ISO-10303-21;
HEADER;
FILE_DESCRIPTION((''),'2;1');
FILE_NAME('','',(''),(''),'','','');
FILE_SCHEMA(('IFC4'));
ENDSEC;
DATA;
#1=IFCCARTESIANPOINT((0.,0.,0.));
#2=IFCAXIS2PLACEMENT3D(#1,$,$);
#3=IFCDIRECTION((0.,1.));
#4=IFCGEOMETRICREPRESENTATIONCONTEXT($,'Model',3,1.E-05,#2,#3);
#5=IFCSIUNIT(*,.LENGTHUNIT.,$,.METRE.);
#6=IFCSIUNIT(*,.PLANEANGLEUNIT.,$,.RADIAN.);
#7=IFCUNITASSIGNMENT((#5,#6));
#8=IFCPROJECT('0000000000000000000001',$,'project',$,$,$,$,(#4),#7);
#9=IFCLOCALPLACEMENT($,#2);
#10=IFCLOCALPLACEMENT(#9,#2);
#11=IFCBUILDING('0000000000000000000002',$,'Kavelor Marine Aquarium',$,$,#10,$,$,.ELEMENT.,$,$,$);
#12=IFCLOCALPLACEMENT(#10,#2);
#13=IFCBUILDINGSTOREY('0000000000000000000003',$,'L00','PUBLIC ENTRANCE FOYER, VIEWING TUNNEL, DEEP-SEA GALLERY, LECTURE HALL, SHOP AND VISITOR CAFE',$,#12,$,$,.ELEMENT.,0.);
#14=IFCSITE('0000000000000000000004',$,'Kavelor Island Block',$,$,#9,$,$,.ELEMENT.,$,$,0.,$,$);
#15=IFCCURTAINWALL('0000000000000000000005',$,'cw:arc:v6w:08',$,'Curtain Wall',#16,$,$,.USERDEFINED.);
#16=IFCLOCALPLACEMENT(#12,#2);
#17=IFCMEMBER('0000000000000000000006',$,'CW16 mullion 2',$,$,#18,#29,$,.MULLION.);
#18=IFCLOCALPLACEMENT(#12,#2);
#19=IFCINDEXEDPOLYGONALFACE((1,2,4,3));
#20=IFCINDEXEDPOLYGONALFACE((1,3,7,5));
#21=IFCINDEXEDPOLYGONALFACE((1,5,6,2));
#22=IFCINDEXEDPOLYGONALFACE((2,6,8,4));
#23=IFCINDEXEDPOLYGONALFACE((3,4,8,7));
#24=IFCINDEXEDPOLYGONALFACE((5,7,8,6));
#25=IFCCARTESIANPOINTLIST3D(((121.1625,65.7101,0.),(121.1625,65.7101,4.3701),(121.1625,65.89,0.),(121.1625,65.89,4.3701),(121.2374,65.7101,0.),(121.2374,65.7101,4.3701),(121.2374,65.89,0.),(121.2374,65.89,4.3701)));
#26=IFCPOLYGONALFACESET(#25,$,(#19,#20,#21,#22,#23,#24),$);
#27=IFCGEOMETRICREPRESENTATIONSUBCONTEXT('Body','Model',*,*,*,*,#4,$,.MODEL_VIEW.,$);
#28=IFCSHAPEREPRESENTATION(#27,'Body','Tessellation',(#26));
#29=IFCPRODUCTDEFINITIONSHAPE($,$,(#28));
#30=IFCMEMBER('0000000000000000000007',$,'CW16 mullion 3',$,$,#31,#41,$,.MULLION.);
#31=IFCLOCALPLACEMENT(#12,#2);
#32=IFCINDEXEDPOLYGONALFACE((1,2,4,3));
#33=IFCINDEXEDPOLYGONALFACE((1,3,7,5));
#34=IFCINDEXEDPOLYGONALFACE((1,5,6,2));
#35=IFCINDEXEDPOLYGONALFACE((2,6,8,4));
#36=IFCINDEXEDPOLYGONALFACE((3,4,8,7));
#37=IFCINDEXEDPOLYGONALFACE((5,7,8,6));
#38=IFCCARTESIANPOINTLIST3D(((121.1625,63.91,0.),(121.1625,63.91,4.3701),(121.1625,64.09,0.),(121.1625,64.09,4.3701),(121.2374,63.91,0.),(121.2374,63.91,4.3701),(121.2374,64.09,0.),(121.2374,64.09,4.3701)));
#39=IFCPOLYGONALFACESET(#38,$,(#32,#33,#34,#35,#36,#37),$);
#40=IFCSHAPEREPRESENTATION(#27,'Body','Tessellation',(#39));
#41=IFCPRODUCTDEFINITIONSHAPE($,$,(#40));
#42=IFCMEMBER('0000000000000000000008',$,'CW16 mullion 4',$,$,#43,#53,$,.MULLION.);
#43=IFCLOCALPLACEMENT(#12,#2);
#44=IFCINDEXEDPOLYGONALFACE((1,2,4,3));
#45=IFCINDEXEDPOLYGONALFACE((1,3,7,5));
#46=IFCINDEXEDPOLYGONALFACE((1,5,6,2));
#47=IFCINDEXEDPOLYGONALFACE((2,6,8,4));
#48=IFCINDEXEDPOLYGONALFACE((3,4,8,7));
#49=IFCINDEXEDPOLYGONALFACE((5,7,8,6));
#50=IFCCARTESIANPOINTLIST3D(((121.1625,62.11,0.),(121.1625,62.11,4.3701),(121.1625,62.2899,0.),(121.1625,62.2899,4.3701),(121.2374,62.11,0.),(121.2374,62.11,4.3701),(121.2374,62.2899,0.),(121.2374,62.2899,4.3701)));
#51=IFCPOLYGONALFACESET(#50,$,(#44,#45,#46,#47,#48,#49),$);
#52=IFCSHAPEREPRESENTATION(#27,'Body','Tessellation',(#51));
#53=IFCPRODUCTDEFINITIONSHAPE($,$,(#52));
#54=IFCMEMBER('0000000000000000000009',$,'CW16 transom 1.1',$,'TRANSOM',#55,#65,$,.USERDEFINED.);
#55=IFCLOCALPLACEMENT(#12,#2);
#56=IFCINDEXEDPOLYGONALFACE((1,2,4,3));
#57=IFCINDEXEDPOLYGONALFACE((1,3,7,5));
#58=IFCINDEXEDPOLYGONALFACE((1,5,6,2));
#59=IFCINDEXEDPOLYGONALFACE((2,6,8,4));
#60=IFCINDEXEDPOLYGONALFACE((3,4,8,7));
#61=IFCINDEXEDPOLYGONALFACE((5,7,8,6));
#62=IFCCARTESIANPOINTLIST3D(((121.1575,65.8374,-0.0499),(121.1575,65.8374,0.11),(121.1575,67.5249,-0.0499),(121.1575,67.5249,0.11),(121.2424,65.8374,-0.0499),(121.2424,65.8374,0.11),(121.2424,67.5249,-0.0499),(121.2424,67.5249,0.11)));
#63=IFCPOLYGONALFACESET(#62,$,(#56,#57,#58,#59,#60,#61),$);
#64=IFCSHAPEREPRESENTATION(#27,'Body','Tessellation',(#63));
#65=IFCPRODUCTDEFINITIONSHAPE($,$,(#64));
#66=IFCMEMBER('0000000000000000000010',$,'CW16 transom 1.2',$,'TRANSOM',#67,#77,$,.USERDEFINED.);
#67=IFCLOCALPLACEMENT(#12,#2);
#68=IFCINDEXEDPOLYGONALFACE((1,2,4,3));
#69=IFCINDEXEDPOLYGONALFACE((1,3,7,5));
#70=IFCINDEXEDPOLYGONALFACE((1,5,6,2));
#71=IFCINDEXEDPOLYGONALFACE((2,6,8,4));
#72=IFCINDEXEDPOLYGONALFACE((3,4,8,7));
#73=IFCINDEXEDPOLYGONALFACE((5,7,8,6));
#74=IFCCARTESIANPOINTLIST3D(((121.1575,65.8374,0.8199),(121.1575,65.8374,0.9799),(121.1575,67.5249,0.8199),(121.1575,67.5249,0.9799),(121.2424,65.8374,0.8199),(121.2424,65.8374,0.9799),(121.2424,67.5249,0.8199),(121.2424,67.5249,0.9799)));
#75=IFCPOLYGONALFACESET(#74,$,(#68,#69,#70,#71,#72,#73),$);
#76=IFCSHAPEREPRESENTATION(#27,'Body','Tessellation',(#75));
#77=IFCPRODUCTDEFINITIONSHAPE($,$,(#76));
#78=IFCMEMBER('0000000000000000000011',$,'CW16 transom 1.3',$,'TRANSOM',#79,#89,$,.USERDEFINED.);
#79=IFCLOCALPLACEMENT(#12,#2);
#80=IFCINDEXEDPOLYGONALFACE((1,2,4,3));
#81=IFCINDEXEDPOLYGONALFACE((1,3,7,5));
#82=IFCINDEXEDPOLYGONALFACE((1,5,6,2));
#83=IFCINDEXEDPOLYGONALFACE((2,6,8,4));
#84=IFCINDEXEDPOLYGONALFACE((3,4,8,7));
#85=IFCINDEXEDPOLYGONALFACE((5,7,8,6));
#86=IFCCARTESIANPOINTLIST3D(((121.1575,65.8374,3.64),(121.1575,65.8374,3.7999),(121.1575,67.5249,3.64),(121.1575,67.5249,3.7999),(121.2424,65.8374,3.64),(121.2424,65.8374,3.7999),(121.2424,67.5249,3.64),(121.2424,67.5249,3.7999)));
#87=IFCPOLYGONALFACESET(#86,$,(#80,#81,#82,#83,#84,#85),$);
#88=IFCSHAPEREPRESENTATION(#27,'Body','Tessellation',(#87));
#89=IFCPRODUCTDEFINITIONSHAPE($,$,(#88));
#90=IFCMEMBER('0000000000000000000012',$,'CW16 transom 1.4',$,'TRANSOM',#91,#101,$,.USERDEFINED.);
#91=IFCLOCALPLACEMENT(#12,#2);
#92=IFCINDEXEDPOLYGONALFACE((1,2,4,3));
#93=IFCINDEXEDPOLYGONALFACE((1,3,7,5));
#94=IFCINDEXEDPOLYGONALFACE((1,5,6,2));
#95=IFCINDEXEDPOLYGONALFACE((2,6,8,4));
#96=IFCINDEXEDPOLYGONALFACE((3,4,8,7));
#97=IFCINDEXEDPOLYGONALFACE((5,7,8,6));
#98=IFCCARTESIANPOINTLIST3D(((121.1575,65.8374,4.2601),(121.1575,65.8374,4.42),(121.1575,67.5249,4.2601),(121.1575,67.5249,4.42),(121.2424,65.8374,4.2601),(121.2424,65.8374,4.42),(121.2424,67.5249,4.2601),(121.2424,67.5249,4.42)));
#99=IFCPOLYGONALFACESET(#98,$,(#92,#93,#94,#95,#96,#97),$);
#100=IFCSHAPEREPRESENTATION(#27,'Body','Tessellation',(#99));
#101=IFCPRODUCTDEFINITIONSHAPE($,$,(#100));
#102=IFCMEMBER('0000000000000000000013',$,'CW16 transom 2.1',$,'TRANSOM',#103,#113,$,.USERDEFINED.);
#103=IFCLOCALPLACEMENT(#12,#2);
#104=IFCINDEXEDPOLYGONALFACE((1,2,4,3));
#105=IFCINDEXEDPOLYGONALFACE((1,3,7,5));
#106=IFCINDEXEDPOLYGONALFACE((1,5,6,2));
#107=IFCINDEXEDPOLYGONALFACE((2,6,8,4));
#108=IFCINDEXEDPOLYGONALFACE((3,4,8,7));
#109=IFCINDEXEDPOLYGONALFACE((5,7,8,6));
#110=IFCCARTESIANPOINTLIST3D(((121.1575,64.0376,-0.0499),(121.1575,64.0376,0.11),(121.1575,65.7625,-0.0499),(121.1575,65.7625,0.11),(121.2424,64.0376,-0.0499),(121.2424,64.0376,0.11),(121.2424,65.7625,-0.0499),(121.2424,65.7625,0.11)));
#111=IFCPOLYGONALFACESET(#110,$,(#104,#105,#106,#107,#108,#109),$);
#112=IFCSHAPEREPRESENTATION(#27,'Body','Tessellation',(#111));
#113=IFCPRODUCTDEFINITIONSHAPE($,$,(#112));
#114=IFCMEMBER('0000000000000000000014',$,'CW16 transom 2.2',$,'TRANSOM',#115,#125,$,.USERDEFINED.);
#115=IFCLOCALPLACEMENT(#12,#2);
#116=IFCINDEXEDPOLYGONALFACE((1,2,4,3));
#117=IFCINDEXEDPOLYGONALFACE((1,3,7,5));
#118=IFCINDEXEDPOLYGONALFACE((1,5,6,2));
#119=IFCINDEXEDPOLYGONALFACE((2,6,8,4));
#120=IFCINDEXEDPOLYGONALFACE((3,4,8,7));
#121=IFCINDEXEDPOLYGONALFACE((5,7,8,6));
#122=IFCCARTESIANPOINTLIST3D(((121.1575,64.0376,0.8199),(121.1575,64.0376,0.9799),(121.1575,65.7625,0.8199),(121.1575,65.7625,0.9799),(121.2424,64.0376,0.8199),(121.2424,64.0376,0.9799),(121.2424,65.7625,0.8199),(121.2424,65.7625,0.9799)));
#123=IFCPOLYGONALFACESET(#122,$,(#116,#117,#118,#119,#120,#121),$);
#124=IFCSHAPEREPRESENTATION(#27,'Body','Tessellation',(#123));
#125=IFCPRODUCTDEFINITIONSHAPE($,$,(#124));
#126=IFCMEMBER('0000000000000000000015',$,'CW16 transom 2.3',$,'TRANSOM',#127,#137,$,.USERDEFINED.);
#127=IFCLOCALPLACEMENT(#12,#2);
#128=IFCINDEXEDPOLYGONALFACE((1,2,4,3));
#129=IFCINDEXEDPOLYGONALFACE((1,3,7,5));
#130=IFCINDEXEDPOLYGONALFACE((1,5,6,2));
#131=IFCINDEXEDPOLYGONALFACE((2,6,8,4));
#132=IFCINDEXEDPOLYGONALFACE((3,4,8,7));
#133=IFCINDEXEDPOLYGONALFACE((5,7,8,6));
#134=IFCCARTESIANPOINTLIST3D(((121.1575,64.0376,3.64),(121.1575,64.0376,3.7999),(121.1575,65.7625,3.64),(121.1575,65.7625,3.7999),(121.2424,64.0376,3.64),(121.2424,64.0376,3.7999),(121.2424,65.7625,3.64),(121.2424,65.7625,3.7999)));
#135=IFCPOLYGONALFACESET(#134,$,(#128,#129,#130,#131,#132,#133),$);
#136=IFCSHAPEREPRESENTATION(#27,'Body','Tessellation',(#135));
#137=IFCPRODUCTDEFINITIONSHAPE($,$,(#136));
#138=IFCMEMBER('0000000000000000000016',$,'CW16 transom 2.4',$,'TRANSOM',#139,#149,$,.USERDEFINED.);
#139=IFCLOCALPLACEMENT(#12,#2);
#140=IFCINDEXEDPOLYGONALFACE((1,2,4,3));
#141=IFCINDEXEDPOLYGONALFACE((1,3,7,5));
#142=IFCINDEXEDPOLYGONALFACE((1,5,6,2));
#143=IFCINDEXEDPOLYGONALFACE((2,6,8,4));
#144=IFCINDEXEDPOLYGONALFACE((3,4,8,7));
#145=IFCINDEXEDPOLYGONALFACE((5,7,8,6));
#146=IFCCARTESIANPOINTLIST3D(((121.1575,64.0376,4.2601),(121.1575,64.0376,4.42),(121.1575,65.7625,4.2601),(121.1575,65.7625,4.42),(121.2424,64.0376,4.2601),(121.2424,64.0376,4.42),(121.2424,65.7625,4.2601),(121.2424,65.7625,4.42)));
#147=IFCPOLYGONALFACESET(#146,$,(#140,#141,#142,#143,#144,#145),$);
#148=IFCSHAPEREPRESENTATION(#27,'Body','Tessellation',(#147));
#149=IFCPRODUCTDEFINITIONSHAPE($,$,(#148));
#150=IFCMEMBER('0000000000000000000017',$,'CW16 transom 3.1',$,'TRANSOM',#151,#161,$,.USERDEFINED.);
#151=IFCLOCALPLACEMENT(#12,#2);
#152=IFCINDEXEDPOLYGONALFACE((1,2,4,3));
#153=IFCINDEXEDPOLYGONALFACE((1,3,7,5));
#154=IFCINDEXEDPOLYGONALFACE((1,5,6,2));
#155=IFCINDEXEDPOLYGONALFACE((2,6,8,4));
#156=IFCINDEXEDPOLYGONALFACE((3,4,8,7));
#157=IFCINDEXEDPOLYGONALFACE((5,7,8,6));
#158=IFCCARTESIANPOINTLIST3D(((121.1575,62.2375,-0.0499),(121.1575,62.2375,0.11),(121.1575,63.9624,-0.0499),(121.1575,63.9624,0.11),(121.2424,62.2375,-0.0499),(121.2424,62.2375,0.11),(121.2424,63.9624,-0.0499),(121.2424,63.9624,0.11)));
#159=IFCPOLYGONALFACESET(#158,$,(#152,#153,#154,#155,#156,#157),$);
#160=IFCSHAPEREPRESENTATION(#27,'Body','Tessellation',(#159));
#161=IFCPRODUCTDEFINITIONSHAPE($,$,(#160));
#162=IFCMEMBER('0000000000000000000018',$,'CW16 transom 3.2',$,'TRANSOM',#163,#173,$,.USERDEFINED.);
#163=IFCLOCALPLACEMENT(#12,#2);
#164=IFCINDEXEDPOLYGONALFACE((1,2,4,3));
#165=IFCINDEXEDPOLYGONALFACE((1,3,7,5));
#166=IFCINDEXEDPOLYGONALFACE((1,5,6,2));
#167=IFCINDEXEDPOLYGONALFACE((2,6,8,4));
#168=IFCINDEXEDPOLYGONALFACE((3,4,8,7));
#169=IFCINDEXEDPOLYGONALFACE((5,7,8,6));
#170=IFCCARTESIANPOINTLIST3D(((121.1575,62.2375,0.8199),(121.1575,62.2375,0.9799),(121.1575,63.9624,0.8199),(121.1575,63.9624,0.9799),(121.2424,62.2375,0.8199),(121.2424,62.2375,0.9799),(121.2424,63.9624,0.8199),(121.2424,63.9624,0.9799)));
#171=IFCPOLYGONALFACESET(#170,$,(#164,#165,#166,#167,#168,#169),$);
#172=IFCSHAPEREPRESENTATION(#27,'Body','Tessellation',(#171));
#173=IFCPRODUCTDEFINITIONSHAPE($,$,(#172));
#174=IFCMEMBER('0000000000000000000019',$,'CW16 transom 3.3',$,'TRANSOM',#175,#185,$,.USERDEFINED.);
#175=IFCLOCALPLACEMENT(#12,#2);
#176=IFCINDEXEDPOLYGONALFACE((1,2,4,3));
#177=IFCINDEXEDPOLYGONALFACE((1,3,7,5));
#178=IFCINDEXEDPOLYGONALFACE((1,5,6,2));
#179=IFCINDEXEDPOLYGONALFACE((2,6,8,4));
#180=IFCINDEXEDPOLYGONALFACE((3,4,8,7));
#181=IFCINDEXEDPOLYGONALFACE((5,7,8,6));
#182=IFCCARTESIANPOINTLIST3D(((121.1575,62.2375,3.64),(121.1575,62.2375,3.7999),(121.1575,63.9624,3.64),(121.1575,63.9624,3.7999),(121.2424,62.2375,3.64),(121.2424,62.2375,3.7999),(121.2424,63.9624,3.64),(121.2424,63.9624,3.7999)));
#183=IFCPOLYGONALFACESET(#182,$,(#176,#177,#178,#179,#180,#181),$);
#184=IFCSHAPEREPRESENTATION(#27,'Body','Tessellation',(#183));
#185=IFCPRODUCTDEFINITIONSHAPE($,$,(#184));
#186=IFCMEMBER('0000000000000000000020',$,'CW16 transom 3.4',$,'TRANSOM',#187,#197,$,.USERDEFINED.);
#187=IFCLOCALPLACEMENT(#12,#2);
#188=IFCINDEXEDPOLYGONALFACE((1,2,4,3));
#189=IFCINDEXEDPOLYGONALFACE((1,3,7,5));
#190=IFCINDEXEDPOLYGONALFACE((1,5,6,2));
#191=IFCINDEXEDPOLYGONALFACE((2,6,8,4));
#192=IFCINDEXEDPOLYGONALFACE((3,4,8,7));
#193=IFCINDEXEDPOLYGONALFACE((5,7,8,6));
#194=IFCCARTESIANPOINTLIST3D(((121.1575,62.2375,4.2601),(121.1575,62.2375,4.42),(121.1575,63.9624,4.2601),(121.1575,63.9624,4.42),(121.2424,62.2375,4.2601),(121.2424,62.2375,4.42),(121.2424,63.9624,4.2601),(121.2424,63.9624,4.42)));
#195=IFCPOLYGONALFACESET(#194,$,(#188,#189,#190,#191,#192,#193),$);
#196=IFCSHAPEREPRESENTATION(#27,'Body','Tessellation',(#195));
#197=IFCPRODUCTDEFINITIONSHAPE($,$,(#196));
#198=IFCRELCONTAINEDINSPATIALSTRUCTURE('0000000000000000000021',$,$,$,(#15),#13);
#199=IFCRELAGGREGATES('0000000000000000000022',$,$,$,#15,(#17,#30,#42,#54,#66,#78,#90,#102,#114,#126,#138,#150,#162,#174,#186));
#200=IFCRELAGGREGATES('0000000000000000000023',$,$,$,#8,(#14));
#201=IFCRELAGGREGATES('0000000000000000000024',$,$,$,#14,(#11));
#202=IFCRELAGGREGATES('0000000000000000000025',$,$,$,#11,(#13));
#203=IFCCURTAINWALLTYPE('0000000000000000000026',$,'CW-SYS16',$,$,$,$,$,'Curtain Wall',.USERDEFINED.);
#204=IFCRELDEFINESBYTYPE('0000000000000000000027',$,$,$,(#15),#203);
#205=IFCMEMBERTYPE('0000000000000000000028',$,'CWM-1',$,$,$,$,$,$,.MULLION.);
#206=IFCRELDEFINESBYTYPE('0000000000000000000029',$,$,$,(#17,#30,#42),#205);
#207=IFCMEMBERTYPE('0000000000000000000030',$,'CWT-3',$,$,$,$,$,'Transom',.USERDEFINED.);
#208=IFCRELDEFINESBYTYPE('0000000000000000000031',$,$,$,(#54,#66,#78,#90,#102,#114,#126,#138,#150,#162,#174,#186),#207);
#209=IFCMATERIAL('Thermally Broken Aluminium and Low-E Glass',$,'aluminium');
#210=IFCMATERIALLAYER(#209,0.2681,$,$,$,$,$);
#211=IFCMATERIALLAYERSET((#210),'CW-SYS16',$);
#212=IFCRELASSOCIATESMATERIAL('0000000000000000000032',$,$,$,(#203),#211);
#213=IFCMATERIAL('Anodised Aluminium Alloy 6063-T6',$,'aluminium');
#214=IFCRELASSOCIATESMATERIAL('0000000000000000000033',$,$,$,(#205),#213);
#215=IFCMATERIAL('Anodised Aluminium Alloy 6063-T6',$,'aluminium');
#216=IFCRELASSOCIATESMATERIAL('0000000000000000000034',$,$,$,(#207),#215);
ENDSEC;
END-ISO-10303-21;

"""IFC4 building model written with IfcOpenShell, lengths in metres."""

from ifc_helpers import new_model, si_unit, direction, frame, origin, origin_2d, place, context, subcontext, project, spatial, rectangle, extrude, material, layer, layer_set, material_profile, profile_set, type_object, element, aggregate, save


model = new_model("IFC4")

# Units and contexts
model_context = context("Model", 3, precision=1e-05, world=origin(), true_north=direction((0.0, 1.0)))
body_context = subcontext(model_context, "Body", "Model", "MODEL_VIEW")
ifc_project = project(units=[si_unit("LENGTHUNIT", "METRE"), si_unit("PLANEANGLEUNIT", "RADIAN")], contexts=[model_context])

# Site, building, storey
site_placement = place(None, origin())
site = spatial("IfcSite", under=ifc_project, at=site_placement, Name="Kavelor Island Block", CompositionType="ELEMENT", RefElevation=0.0)
building_placement = place(site_placement, origin())
building = spatial("IfcBuilding", under=site, at=building_placement, Name="Kavelor Marine Aquarium", CompositionType="ELEMENT")
storey_placement = place(building_placement, origin())
storey = spatial("IfcBuildingStorey", under=building, at=storey_placement, Name="L00", Description="PUBLIC ENTRANCE FOYER, VIEWING TUNNEL, DEEP-SEA GALLERY, LECTURE HALL, SHOP AND VISITOR CAFE", CompositionType="ELEMENT", Elevation=0.0)

# Curtain wall, members
ifc_material_1 = material(Name="Thermally Broken Aluminium and Low-E Glass", Category="aluminium")
ifc_layer_1 = layer(ifc_material_1, 0.2681)
ifc_layer_set_1 = layer_set([ifc_layer_1], Name="CW-SYS16")
curtain_wall_type = type_object("IfcCurtainWallType", Name="CW-SYS16", ElementType="Curtain Wall", PredefinedType="USERDEFINED", material=ifc_layer_set_1)
curtain_wall_placement = place(storey_placement, origin())
curtain_wall = element("IfcCurtainWall", 1, at=curtain_wall_placement, inside=storey, type_object=curtain_wall_type, Name="cw:arc:v6w:08", ObjectType="Curtain Wall", PredefinedType="USERDEFINED")
ifc_material_2 = material(Name="Anodised Aluminium Alloy 6063-T6", Category="aluminium")
ifc_material_profile_1 = material_profile(ifc_material_2, rectangle(XDim=0.075, YDim=0.1799, at=origin_2d()), Name="CW-MUL 75x180")
ifc_profile_set_1 = profile_set([ifc_material_profile_1], Name="Anodised Aluminium Alloy 6063-T6")
member_type_1 = type_object("IfcMemberType", Name="CWM-1", PredefinedType="MULLION", material=ifc_profile_set_1)
member_1_placement = place(storey_placement, frame((121.2, 65.8, 0.0), z_axis=(0.0, 0.0, 1.0), x_axis=(1.0, 0.0, 0.0)))
member_1 = element("IfcMember", 2, at=member_1_placement, type_object=member_type_1, Name="CW16 mullion 2", PredefinedType="MULLION", context=body_context, shape_type="SweptSolid", body=[
    extrude(rectangle(XDim=0.075, YDim=0.1799, at=origin_2d()), origin(), (0.0, 0.0, 1.0), 4.3701),
])
member_2_placement = place(storey_placement, frame((121.2, 64.0, 0.0), z_axis=(0.0, 0.0, 1.0), x_axis=(1.0, 0.0, 0.0)))
member_2 = element("IfcMember", 3, at=member_2_placement, type_object=member_type_1, Name="CW16 mullion 3", PredefinedType="MULLION", context=body_context, shape_type="SweptSolid", body=[
    extrude(rectangle(XDim=0.075, YDim=0.1799, at=origin_2d()), origin(), (0.0, 0.0, 1.0), 4.3701),
])
member_3_placement = place(storey_placement, frame((121.2, 62.2, 0.0), z_axis=(0.0, 0.0, 1.0), x_axis=(1.0, 0.0, 0.0)))
member_3 = element("IfcMember", 4, at=member_3_placement, type_object=member_type_1, Name="CW16 mullion 4", PredefinedType="MULLION", context=body_context, shape_type="SweptSolid", body=[
    extrude(rectangle(XDim=0.075, YDim=0.1799, at=origin_2d()), origin(), (0.0, 0.0, 1.0), 4.3701),
])
ifc_material_3 = material(Name="Anodised Aluminium Alloy 6063-T6", Category="aluminium")
ifc_material_profile_2 = material_profile(ifc_material_3, rectangle(XDim=0.085, YDim=0.1599, at=origin_2d()), Name="CW-TRN 85x160")
ifc_profile_set_2 = profile_set([ifc_material_profile_2], Name="Anodised Aluminium Alloy 6063-T6")
member_type_2 = type_object("IfcMemberType", Name="CWT-3", ElementType="Transom", PredefinedType="USERDEFINED", material=ifc_profile_set_2)
member_4_placement = place(storey_placement, frame((121.2, 67.5249, 0.03), z_axis=(0.0, -1.0, 0.0), x_axis=(1.0, 0.0, 0.0)))
member_4 = element("IfcMember", 5, at=member_4_placement, type_object=member_type_2, Name="CW16 transom 1.1", ObjectType="TRANSOM", PredefinedType="USERDEFINED", context=body_context, shape_type="SweptSolid", body=[
    extrude(rectangle(XDim=0.085, YDim=0.1599, at=origin_2d()), origin(), (0.0, 0.0, 1.0), 1.6875),
])
member_5_placement = place(storey_placement, frame((121.2, 67.5249, 0.8999), z_axis=(0.0, -1.0, 0.0), x_axis=(1.0, 0.0, 0.0)))
member_5 = element("IfcMember", 6, at=member_5_placement, type_object=member_type_2, Name="CW16 transom 1.2", ObjectType="TRANSOM", PredefinedType="USERDEFINED", context=body_context, shape_type="SweptSolid", body=[
    extrude(rectangle(XDim=0.085, YDim=0.1599, at=origin_2d()), origin(), (0.0, 0.0, 1.0), 1.6875),
])
member_6_placement = place(storey_placement, frame((121.2, 67.5249, 3.72), z_axis=(0.0, -1.0, 0.0), x_axis=(1.0, 0.0, 0.0)))
member_6 = element("IfcMember", 7, at=member_6_placement, type_object=member_type_2, Name="CW16 transom 1.3", ObjectType="TRANSOM", PredefinedType="USERDEFINED", context=body_context, shape_type="SweptSolid", body=[
    extrude(rectangle(XDim=0.085, YDim=0.1599, at=origin_2d()), origin(), (0.0, 0.0, 1.0), 1.6875),
])
member_7_placement = place(storey_placement, frame((121.2, 67.5249, 4.3401), z_axis=(0.0, -1.0, 0.0), x_axis=(1.0, 0.0, 0.0)))
member_7 = element("IfcMember", 8, at=member_7_placement, type_object=member_type_2, Name="CW16 transom 1.4", ObjectType="TRANSOM", PredefinedType="USERDEFINED", context=body_context, shape_type="SweptSolid", body=[
    extrude(rectangle(XDim=0.085, YDim=0.1599, at=origin_2d()), origin(), (0.0, 0.0, 1.0), 1.6875),
])
member_8_placement = place(storey_placement, frame((121.2, 65.7625, 0.03), z_axis=(0.0, -1.0, 0.0), x_axis=(1.0, 0.0, 0.0)))
member_8 = element("IfcMember", 9, at=member_8_placement, type_object=member_type_2, Name="CW16 transom 2.1", ObjectType="TRANSOM", PredefinedType="USERDEFINED", context=body_context, shape_type="SweptSolid", body=[
    extrude(rectangle(XDim=0.085, YDim=0.1599, at=origin_2d()), origin(), (0.0, 0.0, 1.0), 1.7249),
])
member_9_placement = place(storey_placement, frame((121.2, 65.7625, 0.8999), z_axis=(0.0, -1.0, 0.0), x_axis=(1.0, 0.0, 0.0)))
member_9 = element("IfcMember", 10, at=member_9_placement, type_object=member_type_2, Name="CW16 transom 2.2", ObjectType="TRANSOM", PredefinedType="USERDEFINED", context=body_context, shape_type="SweptSolid", body=[
    extrude(rectangle(XDim=0.085, YDim=0.1599, at=origin_2d()), origin(), (0.0, 0.0, 1.0), 1.7249),
])
member_10_placement = place(storey_placement, frame((121.2, 65.7625, 3.72), z_axis=(0.0, -1.0, 0.0), x_axis=(1.0, 0.0, 0.0)))
member_10 = element("IfcMember", 11, at=member_10_placement, type_object=member_type_2, Name="CW16 transom 2.3", ObjectType="TRANSOM", PredefinedType="USERDEFINED", context=body_context, shape_type="SweptSolid", body=[
    extrude(rectangle(XDim=0.085, YDim=0.1599, at=origin_2d()), origin(), (0.0, 0.0, 1.0), 1.7249),
])
member_11_placement = place(storey_placement, frame((121.2, 65.7625, 4.3401), z_axis=(0.0, -1.0, 0.0), x_axis=(1.0, 0.0, 0.0)))
member_11 = element("IfcMember", 12, at=member_11_placement, type_object=member_type_2, Name="CW16 transom 2.4", ObjectType="TRANSOM", PredefinedType="USERDEFINED", context=body_context, shape_type="SweptSolid", body=[
    extrude(rectangle(XDim=0.085, YDim=0.1599, at=origin_2d()), origin(), (0.0, 0.0, 1.0), 1.7249),
])
member_12_placement = place(storey_placement, frame((121.2, 63.9624, 0.03), z_axis=(0.0, -1.0, 0.0), x_axis=(1.0, 0.0, 0.0)))
member_12 = element("IfcMember", 13, at=member_12_placement, type_object=member_type_2, Name="CW16 transom 3.1", ObjectType="TRANSOM", PredefinedType="USERDEFINED", context=body_context, shape_type="SweptSolid", body=[
    extrude(rectangle(XDim=0.085, YDim=0.1599, at=origin_2d()), origin(), (0.0, 0.0, 1.0), 1.7249),
])
member_13_placement = place(storey_placement, frame((121.2, 63.9624, 0.8999), z_axis=(0.0, -1.0, 0.0), x_axis=(1.0, 0.0, 0.0)))
member_13 = element("IfcMember", 14, at=member_13_placement, type_object=member_type_2, Name="CW16 transom 3.2", ObjectType="TRANSOM", PredefinedType="USERDEFINED", context=body_context, shape_type="SweptSolid", body=[
    extrude(rectangle(XDim=0.085, YDim=0.1599, at=origin_2d()), origin(), (0.0, 0.0, 1.0), 1.7249),
])
member_14_placement = place(storey_placement, frame((121.2, 63.9624, 3.72), z_axis=(0.0, -1.0, 0.0), x_axis=(1.0, 0.0, 0.0)))
member_14 = element("IfcMember", 15, at=member_14_placement, type_object=member_type_2, Name="CW16 transom 3.3", ObjectType="TRANSOM", PredefinedType="USERDEFINED", context=body_context, shape_type="SweptSolid", body=[
    extrude(rectangle(XDim=0.085, YDim=0.1599, at=origin_2d()), origin(), (0.0, 0.0, 1.0), 1.7249),
])
member_15_placement = place(storey_placement, frame((121.2, 63.9624, 4.3401), z_axis=(0.0, -1.0, 0.0), x_axis=(1.0, 0.0, 0.0)))
member_15 = element("IfcMember", 16, at=member_15_placement, type_object=member_type_2, Name="CW16 transom 3.4", ObjectType="TRANSOM", PredefinedType="USERDEFINED", context=body_context, shape_type="SweptSolid", body=[
    extrude(rectangle(XDim=0.085, YDim=0.1599, at=origin_2d()), origin(), (0.0, 0.0, 1.0), 1.7249),
])
aggregate(curtain_wall, [member_1, member_2, member_3, member_4, member_5, member_6, member_7, member_8, member_9, member_10, member_11, member_12, member_13, member_14, member_15])

save(model, "model.ifc")
